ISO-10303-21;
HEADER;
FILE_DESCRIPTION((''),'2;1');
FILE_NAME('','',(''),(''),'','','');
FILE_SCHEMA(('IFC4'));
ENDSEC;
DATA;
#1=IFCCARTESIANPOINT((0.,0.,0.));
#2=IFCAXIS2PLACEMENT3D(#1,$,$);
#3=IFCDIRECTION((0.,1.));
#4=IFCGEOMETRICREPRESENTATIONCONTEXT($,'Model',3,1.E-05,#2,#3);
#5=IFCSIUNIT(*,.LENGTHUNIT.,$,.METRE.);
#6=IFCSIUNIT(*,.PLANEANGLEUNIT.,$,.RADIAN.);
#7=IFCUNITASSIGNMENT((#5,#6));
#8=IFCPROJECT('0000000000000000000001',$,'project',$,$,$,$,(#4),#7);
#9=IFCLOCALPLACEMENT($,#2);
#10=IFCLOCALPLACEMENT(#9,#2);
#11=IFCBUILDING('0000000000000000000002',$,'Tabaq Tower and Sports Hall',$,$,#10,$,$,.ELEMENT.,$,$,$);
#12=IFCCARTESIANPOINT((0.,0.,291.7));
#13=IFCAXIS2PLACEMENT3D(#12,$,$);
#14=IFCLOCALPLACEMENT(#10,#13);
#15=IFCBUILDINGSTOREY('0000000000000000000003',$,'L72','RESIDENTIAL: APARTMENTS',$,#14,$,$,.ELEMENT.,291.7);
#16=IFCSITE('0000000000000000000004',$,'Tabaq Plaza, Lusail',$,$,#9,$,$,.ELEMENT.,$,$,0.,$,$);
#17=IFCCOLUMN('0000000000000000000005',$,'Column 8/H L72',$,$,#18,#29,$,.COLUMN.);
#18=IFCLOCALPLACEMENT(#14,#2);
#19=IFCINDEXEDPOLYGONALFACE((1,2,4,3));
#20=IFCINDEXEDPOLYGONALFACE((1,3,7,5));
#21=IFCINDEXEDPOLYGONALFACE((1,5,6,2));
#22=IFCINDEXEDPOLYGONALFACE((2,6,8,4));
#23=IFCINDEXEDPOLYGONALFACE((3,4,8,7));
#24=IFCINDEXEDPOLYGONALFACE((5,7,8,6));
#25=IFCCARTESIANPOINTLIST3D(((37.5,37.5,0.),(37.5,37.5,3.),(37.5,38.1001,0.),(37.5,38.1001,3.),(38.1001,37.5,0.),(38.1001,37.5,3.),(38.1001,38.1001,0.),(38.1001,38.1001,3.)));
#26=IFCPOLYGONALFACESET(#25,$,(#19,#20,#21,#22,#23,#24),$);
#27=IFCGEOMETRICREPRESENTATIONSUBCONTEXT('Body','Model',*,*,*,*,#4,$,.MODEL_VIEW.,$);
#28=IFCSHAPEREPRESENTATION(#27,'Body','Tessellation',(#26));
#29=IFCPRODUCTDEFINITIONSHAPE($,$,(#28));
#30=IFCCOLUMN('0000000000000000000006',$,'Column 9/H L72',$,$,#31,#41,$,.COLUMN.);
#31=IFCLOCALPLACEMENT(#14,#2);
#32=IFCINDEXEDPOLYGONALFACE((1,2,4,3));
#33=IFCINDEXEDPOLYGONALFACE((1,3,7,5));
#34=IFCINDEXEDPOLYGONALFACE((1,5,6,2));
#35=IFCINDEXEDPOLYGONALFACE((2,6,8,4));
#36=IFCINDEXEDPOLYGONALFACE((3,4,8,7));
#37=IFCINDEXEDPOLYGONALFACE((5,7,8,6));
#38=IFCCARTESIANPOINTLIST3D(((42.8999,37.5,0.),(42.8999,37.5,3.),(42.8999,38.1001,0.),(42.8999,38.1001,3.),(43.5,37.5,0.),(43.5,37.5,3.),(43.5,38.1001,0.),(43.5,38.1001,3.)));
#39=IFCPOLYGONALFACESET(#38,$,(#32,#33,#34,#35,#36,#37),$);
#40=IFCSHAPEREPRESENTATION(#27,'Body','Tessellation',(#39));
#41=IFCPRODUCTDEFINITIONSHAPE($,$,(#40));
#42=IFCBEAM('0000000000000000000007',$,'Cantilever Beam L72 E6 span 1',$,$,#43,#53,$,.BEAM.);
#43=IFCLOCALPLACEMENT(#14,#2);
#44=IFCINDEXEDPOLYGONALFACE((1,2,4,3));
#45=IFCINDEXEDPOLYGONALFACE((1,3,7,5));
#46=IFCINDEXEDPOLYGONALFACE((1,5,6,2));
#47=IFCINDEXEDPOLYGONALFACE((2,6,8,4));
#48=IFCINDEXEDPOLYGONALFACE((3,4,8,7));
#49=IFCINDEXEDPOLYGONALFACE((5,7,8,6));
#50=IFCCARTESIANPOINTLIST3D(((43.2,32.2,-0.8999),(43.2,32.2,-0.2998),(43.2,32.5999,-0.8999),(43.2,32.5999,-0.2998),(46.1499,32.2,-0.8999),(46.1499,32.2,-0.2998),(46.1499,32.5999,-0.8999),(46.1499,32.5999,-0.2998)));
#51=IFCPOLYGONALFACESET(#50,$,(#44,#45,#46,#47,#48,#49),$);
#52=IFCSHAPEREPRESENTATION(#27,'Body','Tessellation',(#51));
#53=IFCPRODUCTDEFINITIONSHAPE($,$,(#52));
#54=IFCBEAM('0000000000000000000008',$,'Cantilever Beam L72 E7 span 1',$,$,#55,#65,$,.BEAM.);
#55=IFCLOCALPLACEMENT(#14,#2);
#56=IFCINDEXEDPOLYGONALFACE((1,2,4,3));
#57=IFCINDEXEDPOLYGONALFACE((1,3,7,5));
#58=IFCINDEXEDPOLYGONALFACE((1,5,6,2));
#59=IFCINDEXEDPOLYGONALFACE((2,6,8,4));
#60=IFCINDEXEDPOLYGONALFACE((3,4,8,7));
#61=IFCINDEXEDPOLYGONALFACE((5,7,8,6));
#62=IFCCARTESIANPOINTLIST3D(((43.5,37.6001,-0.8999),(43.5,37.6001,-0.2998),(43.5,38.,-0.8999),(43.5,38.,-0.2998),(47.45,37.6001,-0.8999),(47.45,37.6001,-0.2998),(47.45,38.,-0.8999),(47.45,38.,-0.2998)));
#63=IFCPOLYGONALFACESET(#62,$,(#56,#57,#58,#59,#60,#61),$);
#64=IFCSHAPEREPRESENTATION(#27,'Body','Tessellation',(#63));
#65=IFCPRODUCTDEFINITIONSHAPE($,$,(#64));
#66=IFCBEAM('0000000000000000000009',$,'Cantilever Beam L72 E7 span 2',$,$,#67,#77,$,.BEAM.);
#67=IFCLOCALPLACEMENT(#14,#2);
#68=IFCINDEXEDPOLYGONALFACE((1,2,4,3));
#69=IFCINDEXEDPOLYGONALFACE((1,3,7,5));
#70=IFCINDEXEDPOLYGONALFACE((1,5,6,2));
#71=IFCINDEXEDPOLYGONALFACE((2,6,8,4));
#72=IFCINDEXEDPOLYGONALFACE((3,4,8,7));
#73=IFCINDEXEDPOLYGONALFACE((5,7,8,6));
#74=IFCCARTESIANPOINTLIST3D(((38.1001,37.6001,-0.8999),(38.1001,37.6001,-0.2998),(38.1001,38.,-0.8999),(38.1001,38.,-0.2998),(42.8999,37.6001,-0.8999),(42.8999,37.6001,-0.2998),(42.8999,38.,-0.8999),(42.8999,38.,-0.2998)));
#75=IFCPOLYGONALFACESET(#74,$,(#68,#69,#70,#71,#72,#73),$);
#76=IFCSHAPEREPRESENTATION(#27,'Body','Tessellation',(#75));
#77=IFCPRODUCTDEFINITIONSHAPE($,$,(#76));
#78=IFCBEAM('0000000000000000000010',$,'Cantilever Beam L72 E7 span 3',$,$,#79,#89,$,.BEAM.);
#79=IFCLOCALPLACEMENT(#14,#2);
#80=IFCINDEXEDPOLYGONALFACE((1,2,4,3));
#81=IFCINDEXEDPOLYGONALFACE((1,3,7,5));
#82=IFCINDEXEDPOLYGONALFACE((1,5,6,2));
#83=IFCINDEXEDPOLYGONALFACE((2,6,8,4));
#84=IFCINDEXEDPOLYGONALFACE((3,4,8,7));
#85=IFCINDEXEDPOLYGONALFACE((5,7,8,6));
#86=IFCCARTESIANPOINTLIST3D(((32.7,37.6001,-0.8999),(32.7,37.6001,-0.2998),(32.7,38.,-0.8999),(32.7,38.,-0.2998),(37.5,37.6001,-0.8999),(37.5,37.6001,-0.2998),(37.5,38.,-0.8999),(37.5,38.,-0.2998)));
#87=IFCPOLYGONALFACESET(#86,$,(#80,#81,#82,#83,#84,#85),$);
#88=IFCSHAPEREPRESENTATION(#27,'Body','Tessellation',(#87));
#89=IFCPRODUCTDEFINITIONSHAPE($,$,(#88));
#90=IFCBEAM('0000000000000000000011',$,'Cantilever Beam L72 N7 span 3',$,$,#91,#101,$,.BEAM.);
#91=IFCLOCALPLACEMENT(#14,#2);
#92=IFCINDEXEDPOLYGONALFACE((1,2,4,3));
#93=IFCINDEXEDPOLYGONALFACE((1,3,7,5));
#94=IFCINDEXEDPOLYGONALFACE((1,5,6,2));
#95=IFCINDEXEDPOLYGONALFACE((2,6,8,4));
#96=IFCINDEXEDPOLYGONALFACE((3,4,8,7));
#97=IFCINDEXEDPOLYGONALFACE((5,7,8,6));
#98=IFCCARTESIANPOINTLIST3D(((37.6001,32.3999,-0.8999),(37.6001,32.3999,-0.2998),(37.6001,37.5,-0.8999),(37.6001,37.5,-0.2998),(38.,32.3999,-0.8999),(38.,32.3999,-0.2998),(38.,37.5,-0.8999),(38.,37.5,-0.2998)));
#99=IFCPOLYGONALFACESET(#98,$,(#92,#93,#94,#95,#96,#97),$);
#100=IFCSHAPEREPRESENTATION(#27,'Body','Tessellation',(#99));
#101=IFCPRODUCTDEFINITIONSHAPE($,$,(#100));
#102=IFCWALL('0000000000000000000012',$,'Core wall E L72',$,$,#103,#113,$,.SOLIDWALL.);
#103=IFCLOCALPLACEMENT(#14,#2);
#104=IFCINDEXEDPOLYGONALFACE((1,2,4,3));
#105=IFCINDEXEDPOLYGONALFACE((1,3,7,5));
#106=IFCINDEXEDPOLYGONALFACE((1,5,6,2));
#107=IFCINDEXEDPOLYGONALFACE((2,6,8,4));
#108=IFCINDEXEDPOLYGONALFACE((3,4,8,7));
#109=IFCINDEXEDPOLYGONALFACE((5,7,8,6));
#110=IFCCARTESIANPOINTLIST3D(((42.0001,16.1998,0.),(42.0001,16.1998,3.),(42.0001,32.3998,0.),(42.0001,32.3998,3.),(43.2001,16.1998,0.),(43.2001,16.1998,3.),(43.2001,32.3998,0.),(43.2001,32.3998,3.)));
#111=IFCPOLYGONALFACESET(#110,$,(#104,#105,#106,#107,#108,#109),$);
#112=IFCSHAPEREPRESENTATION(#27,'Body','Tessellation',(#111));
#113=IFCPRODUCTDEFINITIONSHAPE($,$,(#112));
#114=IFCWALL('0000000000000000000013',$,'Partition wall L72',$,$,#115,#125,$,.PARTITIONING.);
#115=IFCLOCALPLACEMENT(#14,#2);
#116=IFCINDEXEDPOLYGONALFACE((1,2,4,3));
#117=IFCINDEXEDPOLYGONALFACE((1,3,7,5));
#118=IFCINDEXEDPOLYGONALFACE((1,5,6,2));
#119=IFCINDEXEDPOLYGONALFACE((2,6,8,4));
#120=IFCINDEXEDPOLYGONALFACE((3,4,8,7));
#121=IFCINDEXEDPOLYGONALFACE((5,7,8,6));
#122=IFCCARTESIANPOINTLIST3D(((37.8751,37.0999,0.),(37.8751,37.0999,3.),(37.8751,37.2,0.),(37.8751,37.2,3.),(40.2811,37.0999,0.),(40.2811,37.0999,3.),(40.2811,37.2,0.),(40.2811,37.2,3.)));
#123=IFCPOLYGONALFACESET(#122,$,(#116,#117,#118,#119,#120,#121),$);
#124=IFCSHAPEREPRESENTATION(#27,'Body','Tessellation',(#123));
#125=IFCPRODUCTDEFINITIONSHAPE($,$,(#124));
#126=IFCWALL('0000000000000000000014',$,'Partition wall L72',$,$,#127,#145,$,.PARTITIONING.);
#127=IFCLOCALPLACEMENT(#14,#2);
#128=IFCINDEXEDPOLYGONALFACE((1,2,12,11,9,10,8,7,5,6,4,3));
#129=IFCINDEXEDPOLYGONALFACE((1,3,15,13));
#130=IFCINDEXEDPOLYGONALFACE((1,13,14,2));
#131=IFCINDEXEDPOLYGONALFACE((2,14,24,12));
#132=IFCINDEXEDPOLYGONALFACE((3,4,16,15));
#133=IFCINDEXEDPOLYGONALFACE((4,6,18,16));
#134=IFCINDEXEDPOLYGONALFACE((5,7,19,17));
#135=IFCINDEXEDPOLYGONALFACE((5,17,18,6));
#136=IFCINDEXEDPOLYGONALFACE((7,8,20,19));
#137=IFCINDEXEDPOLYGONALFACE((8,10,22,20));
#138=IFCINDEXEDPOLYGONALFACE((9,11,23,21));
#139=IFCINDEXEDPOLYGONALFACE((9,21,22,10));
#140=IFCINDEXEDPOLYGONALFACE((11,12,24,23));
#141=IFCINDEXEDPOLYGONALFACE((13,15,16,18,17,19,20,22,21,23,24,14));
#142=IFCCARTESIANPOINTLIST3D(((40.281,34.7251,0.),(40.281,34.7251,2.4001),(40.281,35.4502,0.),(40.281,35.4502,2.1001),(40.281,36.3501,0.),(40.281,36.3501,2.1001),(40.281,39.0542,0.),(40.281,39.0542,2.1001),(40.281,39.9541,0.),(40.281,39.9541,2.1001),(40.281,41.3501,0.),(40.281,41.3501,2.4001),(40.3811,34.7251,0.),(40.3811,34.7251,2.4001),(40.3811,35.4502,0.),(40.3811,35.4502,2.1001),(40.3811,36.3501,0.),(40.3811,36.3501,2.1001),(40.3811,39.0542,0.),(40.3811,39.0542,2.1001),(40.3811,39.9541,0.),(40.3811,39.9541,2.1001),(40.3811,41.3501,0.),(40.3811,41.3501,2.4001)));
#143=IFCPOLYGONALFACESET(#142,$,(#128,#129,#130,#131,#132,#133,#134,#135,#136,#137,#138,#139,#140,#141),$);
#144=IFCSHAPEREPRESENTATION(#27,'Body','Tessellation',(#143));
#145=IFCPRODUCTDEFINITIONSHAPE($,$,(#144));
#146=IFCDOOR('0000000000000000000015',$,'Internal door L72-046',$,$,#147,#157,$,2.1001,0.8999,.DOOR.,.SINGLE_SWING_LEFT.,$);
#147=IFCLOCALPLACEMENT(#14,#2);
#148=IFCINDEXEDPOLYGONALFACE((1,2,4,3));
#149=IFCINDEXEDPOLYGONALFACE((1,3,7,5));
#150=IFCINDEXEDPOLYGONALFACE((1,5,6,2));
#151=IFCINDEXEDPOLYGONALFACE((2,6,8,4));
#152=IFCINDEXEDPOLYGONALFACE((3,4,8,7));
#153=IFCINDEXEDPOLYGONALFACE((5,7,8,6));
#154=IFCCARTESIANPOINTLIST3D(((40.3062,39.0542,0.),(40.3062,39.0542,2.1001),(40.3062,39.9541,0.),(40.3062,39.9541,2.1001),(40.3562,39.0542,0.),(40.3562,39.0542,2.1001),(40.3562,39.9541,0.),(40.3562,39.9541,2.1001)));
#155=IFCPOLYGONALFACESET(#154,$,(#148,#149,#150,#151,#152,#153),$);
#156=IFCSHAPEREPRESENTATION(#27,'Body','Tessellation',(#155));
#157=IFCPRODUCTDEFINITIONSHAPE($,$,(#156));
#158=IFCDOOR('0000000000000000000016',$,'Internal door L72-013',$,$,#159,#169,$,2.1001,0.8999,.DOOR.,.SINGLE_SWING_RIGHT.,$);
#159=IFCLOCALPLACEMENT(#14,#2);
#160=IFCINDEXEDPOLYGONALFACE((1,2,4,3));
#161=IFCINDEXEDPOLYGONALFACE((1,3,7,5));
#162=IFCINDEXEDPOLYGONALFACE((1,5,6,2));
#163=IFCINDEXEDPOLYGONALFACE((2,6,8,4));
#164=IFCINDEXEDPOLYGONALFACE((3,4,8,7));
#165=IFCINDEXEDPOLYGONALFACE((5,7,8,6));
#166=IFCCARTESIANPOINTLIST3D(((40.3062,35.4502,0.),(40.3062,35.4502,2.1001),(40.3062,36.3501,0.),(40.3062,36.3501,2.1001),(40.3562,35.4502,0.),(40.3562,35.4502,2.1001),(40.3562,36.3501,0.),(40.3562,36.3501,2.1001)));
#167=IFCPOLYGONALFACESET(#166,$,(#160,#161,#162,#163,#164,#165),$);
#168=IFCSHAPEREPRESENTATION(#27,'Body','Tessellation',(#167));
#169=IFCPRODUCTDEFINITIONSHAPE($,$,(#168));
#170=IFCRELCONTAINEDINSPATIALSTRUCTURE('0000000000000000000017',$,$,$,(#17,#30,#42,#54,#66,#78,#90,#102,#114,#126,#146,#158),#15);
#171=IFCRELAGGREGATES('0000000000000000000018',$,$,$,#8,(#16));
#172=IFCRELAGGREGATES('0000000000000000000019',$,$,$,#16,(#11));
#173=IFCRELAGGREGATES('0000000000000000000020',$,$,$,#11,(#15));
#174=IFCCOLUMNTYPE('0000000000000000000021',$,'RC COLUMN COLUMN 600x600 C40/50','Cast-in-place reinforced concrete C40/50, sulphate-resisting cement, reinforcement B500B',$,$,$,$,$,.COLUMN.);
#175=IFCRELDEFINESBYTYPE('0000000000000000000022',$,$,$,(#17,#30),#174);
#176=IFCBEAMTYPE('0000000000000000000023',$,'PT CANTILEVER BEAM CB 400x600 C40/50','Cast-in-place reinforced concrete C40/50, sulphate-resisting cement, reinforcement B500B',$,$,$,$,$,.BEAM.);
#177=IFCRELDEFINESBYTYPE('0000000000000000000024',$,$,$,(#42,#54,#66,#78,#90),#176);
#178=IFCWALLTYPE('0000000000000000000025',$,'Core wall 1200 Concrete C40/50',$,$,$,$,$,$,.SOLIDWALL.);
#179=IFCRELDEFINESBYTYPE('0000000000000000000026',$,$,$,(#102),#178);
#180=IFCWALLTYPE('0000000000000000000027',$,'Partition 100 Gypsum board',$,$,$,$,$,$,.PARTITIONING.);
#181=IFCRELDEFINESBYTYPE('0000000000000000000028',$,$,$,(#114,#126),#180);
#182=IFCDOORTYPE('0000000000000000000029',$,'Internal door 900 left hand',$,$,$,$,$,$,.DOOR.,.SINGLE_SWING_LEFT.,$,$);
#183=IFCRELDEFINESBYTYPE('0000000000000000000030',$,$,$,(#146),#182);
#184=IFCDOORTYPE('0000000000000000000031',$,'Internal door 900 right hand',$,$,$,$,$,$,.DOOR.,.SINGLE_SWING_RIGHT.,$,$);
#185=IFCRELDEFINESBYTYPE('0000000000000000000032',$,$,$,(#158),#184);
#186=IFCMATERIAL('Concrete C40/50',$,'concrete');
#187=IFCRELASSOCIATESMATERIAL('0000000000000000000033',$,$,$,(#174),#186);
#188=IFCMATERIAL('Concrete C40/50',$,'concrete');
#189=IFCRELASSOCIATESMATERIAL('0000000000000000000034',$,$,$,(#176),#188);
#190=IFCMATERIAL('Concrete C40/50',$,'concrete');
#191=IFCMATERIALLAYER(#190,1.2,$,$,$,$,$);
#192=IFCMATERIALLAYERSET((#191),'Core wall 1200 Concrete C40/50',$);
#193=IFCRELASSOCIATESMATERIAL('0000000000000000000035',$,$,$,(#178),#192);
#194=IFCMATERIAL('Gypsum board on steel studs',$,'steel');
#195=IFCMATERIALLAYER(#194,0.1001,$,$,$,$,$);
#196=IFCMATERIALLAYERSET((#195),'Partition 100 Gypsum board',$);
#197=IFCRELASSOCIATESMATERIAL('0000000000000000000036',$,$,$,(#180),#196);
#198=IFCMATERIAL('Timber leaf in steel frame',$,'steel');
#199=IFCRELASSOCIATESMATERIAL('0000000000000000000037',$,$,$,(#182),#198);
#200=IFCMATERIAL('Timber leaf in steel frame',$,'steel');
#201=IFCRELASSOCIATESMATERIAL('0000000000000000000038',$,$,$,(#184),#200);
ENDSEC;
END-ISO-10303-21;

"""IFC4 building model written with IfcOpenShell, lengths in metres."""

from ifc_helpers import new_model, si_unit, direction, frame, frame_2d, origin, origin_2d, place, context, subcontext, project, spatial, rectangle, extrude, material, layer, layer_set, material_profile, profile_set, type_object, element, fill, save


model = new_model("IFC4")

# Units and contexts
model_context = context("Model", 3, precision=1e-05, world=origin(), true_north=direction((0.0, 1.0)))
body_context = subcontext(model_context, "Body", "Model", "MODEL_VIEW")
ifc_project = project(units=[si_unit("LENGTHUNIT", "METRE"), si_unit("PLANEANGLEUNIT", "RADIAN")], contexts=[model_context])

# Site, building, storey
site_placement = place(None, origin())
site = spatial("IfcSite", under=ifc_project, at=site_placement, Name="Tabaq Plaza, Lusail", CompositionType="ELEMENT", RefElevation=0.0)
building_placement = place(site_placement, origin())
building = spatial("IfcBuilding", under=site, at=building_placement, Name="Tabaq Tower and Sports Hall", CompositionType="ELEMENT")
storey_placement = place(building_placement, frame((0.0, 0.0, 291.7)))
storey = spatial("IfcBuildingStorey", under=building, at=storey_placement, Name="L72", Description="RESIDENTIAL: APARTMENTS", CompositionType="ELEMENT", Elevation=291.7)

# Columns
ifc_material_1 = material(Name="Concrete C40/50", Category="concrete")
ifc_material_profile_1 = material_profile(ifc_material_1, rectangle(XDim=0.6001, YDim=0.6001, at=origin_2d()), Name="COLUMN 600x600")
ifc_profile_set_1 = profile_set([ifc_material_profile_1], Name="Concrete C40/50")
column_type = type_object("IfcColumnType", Name="RC COLUMN COLUMN 600x600 C40/50", Description="Cast-in-place reinforced concrete C40/50, sulphate-resisting cement, reinforcement B500B", PredefinedType="COLUMN", material=ifc_profile_set_1)
for number, where, z_axis, x_axis, name in (
    (1, (37.8, 37.8, 0.0), (0.0, 0.0, 1.0), (1.0, 0.0, 0.0), "Column 8/H L72"),
    (2, (43.2, 37.8, 0.0), (0.0, 0.0, 1.0), (1.0, 0.0, 0.0), "Column 9/H L72"),
):
    element("IfcColumn", number, at=place(storey_placement, frame(where, z_axis=z_axis, x_axis=x_axis)), inside=storey, type_object=column_type, Name=name, PredefinedType="COLUMN", context=body_context, shape_type="SweptSolid", body=[
        extrude(rectangle(XDim=0.6001, YDim=0.6001, at=origin_2d()), origin(), (0.0, 0.0, 1.0), 3.0),
    ])

# Beams
ifc_material_2 = material(Name="Concrete C40/50", Category="concrete")
ifc_material_profile_2 = material_profile(ifc_material_2, rectangle(XDim=0.3999, YDim=0.6001, at=origin_2d()), Name="CB 400x600")
ifc_profile_set_2 = profile_set([ifc_material_profile_2], Name="Concrete C40/50")
beam_type = type_object("IfcBeamType", Name="PT CANTILEVER BEAM CB 400x600 C40/50", Description="Cast-in-place reinforced concrete C40/50, sulphate-resisting cement, reinforcement B500B", PredefinedType="BEAM", material=ifc_profile_set_2)
beam_1_placement = place(storey_placement, frame((46.1499, 32.3999, -0.5999), z_axis=(-1.0, 0.0, 0.0), x_axis=(0.0, -1.0, 0.0)))
element("IfcBeam", 3, at=beam_1_placement, inside=storey, type_object=beam_type, Name="Cantilever Beam L72 E6 span 1", PredefinedType="BEAM", context=body_context, shape_type="SweptSolid", body=[
    extrude(rectangle(XDim=0.3999, YDim=0.6001, at=origin_2d()), origin(), (0.0, 0.0, 1.0), 2.95),
])
beam_2_placement = place(storey_placement, frame((47.45, 37.8, -0.5999), z_axis=(-1.0, 0.0, 0.0), x_axis=(0.0, -1.0, 0.0)))
element("IfcBeam", 4, at=beam_2_placement, inside=storey, type_object=beam_type, Name="Cantilever Beam L72 E7 span 1", PredefinedType="BEAM", context=body_context, shape_type="SweptSolid", body=[
    extrude(rectangle(XDim=0.3999, YDim=0.6001, at=origin_2d()), origin(), (0.0, 0.0, 1.0), 3.95),
])
beam_3_placement = place(storey_placement, frame((42.8999, 37.8, -0.5999), z_axis=(-1.0, 0.0, 0.0), x_axis=(0.0, -1.0, 0.0)))
element("IfcBeam", 5, at=beam_3_placement, inside=storey, type_object=beam_type, Name="Cantilever Beam L72 E7 span 2", PredefinedType="BEAM", context=body_context, shape_type="SweptSolid", body=[
    extrude(rectangle(XDim=0.3999, YDim=0.6001, at=origin_2d()), origin(), (0.0, 0.0, 1.0), 4.7998),
])
beam_4_placement = place(storey_placement, frame((37.5, 37.8, -0.5999), z_axis=(-1.0, 0.0, 0.0), x_axis=(0.0, -1.0, 0.0)))
element("IfcBeam", 6, at=beam_4_placement, inside=storey, type_object=beam_type, Name="Cantilever Beam L72 E7 span 3", PredefinedType="BEAM", context=body_context, shape_type="SweptSolid", body=[
    extrude(rectangle(XDim=0.3999, YDim=0.6001, at=origin_2d()), origin(), (0.0, 0.0, 1.0), 4.8),
])
beam_5_placement = place(storey_placement, frame((37.8, 37.5, -0.5999), z_axis=(0.0, -1.0, 0.0), x_axis=(1.0, 0.0, 0.0)))
element("IfcBeam", 7, at=beam_5_placement, inside=storey, type_object=beam_type, Name="Cantilever Beam L72 N7 span 3", PredefinedType="BEAM", context=body_context, shape_type="SweptSolid", body=[
    extrude(rectangle(XDim=0.3999, YDim=0.6001, at=origin_2d()), origin(), (0.0, 0.0, 1.0), 5.1001),
])

# Walls
ifc_material_3 = material(Name="Concrete C40/50", Category="concrete")
ifc_layer_1 = layer(ifc_material_3, 1.2)
ifc_layer_set_1 = layer_set([ifc_layer_1], Name="Core wall 1200 Concrete C40/50")
wall_type_1 = type_object("IfcWallType", Name="Core wall 1200 Concrete C40/50", PredefinedType="SOLIDWALL", material=ifc_layer_set_1)
wall_1_placement = place(storey_placement, frame((42.6001, 32.3999, 0.0), z_axis=(0.0, 0.0, 1.0), x_axis=(0.0, -1.0, 0.0)))
element("IfcWall", 8, at=wall_1_placement, inside=storey, type_object=wall_type_1, Name="Core wall E L72", PredefinedType="SOLIDWALL", context=body_context, shape_type="SweptSolid", body=[
    extrude(rectangle(XDim=16.2, YDim=1.2, at=frame_2d((8.1001, 0.0))), origin(), (0.0, 0.0, 1.0), 3.0),
])
ifc_material_4 = material(Name="Gypsum board on steel studs", Category="steel")
ifc_layer_2 = layer(ifc_material_4, 0.1001)
ifc_layer_set_2 = layer_set([ifc_layer_2], Name="Partition 100 Gypsum board")
wall_type_2 = type_object("IfcWallType", Name="Partition 100 Gypsum board", PredefinedType="PARTITIONING", material=ifc_layer_set_2)
wall_2_placement = place(storey_placement, frame((37.875, 37.1499, 0.0), z_axis=(0.0, 0.0, 1.0), x_axis=(1.0, 0.0, 0.0)))
element("IfcWall", 9, at=wall_2_placement, inside=storey, type_object=wall_type_2, Name="Partition wall L72", PredefinedType="PARTITIONING", context=body_context, shape_type="SweptSolid", body=[
    extrude(rectangle(XDim=2.406, YDim=0.1001, at=frame_2d((1.2031, 0.0))), origin(), (0.0, 0.0, 1.0), 3.0),
])

# Wall, openings, doors
wall_3_placement = place(storey_placement, frame((40.3311, 34.7251, 0.0), z_axis=(0.0, 0.0, 1.0), x_axis=(0.0, 1.0, 0.0)))
wall_3 = element("IfcWall", 10, at=wall_3_placement, inside=storey, type_object=wall_type_2, Name="Partition wall L72", PredefinedType="PARTITIONING", context=body_context, shape_type="SweptSolid", body=[
    extrude(rectangle(XDim=6.625, YDim=0.1001, at=frame_2d((3.3125, 0.0))), origin(), (0.0, 0.0, 1.0), 2.4001),
])
opening_1_placement = place(wall_3_placement, frame((0.7251, 0.0, 0.0)))
opening_1 = element("IfcOpeningElement", 11, at=opening_1_placement, cuts=wall_3, PredefinedType="OPENING", context=body_context, shape_type="SweptSolid", body=[
    extrude(rectangle(XDim=0.8999, YDim=2.1001, at=frame_2d((0.45, 1.05))), frame((0.0, 0.05, 0.0), z_axis=(0.0, -1.0, 0.0), x_axis=(1.0, 0.0, 0.0)), (0.0, 0.0, 1.0), 0.1001),
])
opening_2_placement = place(wall_3_placement, frame((4.3291, 0.0, 0.0)))
opening_2 = element("IfcOpeningElement", 12, at=opening_2_placement, cuts=wall_3, PredefinedType="OPENING", context=body_context, shape_type="SweptSolid", body=[
    extrude(rectangle(XDim=0.8999, YDim=2.1001, at=frame_2d((0.45, 1.05))), frame((0.0, 0.05, 0.0), z_axis=(0.0, -1.0, 0.0), x_axis=(1.0, 0.0, 0.0)), (0.0, 0.0, 1.0), 0.1001),
])
ifc_material_5 = material(Name="Timber leaf in steel frame", Category="steel")
door_type_1 = type_object("IfcDoorType", Name="Internal door 900 left hand", OperationType="SINGLE_SWING_LEFT", PredefinedType="DOOR", material=ifc_material_5)
door_1_placement = place(opening_2_placement, origin())
door_1 = element("IfcDoor", 13, at=door_1_placement, inside=storey, type_object=door_type_1, Name="Internal door L72-046", OperationType="SINGLE_SWING_LEFT", OverallHeight=2.1001, OverallWidth=0.8999, PredefinedType="DOOR", context=body_context, shape_type="SweptSolid", body=[
    extrude(rectangle(XDim=0.8999, YDim=2.1001, at=frame_2d((0.45, 1.05))), frame((0.0, 0.0249, 0.0), z_axis=(0.0, -1.0, 0.0), x_axis=(1.0, 0.0, 0.0)), (0.0, 0.0, 1.0), 0.05),
])
fill(opening_2, door_1)
ifc_material_6 = material(Name="Timber leaf in steel frame", Category="steel")
door_type_2 = type_object("IfcDoorType", Name="Internal door 900 right hand", OperationType="SINGLE_SWING_RIGHT", PredefinedType="DOOR", material=ifc_material_6)
door_2_placement = place(opening_1_placement, origin())
door_2 = element("IfcDoor", 14, at=door_2_placement, inside=storey, type_object=door_type_2, Name="Internal door L72-013", OperationType="SINGLE_SWING_RIGHT", OverallHeight=2.1001, OverallWidth=0.8999, PredefinedType="DOOR", context=body_context, shape_type="SweptSolid", body=[
    extrude(rectangle(XDim=0.8999, YDim=2.1001, at=frame_2d((0.45, 1.05))), frame((0.0, 0.0249, 0.0), z_axis=(0.0, -1.0, 0.0), x_axis=(1.0, 0.0, 0.0)), (0.0, 0.0, 1.0), 0.05),
])
fill(opening_1, door_2)

save(model, "model.ifc")
